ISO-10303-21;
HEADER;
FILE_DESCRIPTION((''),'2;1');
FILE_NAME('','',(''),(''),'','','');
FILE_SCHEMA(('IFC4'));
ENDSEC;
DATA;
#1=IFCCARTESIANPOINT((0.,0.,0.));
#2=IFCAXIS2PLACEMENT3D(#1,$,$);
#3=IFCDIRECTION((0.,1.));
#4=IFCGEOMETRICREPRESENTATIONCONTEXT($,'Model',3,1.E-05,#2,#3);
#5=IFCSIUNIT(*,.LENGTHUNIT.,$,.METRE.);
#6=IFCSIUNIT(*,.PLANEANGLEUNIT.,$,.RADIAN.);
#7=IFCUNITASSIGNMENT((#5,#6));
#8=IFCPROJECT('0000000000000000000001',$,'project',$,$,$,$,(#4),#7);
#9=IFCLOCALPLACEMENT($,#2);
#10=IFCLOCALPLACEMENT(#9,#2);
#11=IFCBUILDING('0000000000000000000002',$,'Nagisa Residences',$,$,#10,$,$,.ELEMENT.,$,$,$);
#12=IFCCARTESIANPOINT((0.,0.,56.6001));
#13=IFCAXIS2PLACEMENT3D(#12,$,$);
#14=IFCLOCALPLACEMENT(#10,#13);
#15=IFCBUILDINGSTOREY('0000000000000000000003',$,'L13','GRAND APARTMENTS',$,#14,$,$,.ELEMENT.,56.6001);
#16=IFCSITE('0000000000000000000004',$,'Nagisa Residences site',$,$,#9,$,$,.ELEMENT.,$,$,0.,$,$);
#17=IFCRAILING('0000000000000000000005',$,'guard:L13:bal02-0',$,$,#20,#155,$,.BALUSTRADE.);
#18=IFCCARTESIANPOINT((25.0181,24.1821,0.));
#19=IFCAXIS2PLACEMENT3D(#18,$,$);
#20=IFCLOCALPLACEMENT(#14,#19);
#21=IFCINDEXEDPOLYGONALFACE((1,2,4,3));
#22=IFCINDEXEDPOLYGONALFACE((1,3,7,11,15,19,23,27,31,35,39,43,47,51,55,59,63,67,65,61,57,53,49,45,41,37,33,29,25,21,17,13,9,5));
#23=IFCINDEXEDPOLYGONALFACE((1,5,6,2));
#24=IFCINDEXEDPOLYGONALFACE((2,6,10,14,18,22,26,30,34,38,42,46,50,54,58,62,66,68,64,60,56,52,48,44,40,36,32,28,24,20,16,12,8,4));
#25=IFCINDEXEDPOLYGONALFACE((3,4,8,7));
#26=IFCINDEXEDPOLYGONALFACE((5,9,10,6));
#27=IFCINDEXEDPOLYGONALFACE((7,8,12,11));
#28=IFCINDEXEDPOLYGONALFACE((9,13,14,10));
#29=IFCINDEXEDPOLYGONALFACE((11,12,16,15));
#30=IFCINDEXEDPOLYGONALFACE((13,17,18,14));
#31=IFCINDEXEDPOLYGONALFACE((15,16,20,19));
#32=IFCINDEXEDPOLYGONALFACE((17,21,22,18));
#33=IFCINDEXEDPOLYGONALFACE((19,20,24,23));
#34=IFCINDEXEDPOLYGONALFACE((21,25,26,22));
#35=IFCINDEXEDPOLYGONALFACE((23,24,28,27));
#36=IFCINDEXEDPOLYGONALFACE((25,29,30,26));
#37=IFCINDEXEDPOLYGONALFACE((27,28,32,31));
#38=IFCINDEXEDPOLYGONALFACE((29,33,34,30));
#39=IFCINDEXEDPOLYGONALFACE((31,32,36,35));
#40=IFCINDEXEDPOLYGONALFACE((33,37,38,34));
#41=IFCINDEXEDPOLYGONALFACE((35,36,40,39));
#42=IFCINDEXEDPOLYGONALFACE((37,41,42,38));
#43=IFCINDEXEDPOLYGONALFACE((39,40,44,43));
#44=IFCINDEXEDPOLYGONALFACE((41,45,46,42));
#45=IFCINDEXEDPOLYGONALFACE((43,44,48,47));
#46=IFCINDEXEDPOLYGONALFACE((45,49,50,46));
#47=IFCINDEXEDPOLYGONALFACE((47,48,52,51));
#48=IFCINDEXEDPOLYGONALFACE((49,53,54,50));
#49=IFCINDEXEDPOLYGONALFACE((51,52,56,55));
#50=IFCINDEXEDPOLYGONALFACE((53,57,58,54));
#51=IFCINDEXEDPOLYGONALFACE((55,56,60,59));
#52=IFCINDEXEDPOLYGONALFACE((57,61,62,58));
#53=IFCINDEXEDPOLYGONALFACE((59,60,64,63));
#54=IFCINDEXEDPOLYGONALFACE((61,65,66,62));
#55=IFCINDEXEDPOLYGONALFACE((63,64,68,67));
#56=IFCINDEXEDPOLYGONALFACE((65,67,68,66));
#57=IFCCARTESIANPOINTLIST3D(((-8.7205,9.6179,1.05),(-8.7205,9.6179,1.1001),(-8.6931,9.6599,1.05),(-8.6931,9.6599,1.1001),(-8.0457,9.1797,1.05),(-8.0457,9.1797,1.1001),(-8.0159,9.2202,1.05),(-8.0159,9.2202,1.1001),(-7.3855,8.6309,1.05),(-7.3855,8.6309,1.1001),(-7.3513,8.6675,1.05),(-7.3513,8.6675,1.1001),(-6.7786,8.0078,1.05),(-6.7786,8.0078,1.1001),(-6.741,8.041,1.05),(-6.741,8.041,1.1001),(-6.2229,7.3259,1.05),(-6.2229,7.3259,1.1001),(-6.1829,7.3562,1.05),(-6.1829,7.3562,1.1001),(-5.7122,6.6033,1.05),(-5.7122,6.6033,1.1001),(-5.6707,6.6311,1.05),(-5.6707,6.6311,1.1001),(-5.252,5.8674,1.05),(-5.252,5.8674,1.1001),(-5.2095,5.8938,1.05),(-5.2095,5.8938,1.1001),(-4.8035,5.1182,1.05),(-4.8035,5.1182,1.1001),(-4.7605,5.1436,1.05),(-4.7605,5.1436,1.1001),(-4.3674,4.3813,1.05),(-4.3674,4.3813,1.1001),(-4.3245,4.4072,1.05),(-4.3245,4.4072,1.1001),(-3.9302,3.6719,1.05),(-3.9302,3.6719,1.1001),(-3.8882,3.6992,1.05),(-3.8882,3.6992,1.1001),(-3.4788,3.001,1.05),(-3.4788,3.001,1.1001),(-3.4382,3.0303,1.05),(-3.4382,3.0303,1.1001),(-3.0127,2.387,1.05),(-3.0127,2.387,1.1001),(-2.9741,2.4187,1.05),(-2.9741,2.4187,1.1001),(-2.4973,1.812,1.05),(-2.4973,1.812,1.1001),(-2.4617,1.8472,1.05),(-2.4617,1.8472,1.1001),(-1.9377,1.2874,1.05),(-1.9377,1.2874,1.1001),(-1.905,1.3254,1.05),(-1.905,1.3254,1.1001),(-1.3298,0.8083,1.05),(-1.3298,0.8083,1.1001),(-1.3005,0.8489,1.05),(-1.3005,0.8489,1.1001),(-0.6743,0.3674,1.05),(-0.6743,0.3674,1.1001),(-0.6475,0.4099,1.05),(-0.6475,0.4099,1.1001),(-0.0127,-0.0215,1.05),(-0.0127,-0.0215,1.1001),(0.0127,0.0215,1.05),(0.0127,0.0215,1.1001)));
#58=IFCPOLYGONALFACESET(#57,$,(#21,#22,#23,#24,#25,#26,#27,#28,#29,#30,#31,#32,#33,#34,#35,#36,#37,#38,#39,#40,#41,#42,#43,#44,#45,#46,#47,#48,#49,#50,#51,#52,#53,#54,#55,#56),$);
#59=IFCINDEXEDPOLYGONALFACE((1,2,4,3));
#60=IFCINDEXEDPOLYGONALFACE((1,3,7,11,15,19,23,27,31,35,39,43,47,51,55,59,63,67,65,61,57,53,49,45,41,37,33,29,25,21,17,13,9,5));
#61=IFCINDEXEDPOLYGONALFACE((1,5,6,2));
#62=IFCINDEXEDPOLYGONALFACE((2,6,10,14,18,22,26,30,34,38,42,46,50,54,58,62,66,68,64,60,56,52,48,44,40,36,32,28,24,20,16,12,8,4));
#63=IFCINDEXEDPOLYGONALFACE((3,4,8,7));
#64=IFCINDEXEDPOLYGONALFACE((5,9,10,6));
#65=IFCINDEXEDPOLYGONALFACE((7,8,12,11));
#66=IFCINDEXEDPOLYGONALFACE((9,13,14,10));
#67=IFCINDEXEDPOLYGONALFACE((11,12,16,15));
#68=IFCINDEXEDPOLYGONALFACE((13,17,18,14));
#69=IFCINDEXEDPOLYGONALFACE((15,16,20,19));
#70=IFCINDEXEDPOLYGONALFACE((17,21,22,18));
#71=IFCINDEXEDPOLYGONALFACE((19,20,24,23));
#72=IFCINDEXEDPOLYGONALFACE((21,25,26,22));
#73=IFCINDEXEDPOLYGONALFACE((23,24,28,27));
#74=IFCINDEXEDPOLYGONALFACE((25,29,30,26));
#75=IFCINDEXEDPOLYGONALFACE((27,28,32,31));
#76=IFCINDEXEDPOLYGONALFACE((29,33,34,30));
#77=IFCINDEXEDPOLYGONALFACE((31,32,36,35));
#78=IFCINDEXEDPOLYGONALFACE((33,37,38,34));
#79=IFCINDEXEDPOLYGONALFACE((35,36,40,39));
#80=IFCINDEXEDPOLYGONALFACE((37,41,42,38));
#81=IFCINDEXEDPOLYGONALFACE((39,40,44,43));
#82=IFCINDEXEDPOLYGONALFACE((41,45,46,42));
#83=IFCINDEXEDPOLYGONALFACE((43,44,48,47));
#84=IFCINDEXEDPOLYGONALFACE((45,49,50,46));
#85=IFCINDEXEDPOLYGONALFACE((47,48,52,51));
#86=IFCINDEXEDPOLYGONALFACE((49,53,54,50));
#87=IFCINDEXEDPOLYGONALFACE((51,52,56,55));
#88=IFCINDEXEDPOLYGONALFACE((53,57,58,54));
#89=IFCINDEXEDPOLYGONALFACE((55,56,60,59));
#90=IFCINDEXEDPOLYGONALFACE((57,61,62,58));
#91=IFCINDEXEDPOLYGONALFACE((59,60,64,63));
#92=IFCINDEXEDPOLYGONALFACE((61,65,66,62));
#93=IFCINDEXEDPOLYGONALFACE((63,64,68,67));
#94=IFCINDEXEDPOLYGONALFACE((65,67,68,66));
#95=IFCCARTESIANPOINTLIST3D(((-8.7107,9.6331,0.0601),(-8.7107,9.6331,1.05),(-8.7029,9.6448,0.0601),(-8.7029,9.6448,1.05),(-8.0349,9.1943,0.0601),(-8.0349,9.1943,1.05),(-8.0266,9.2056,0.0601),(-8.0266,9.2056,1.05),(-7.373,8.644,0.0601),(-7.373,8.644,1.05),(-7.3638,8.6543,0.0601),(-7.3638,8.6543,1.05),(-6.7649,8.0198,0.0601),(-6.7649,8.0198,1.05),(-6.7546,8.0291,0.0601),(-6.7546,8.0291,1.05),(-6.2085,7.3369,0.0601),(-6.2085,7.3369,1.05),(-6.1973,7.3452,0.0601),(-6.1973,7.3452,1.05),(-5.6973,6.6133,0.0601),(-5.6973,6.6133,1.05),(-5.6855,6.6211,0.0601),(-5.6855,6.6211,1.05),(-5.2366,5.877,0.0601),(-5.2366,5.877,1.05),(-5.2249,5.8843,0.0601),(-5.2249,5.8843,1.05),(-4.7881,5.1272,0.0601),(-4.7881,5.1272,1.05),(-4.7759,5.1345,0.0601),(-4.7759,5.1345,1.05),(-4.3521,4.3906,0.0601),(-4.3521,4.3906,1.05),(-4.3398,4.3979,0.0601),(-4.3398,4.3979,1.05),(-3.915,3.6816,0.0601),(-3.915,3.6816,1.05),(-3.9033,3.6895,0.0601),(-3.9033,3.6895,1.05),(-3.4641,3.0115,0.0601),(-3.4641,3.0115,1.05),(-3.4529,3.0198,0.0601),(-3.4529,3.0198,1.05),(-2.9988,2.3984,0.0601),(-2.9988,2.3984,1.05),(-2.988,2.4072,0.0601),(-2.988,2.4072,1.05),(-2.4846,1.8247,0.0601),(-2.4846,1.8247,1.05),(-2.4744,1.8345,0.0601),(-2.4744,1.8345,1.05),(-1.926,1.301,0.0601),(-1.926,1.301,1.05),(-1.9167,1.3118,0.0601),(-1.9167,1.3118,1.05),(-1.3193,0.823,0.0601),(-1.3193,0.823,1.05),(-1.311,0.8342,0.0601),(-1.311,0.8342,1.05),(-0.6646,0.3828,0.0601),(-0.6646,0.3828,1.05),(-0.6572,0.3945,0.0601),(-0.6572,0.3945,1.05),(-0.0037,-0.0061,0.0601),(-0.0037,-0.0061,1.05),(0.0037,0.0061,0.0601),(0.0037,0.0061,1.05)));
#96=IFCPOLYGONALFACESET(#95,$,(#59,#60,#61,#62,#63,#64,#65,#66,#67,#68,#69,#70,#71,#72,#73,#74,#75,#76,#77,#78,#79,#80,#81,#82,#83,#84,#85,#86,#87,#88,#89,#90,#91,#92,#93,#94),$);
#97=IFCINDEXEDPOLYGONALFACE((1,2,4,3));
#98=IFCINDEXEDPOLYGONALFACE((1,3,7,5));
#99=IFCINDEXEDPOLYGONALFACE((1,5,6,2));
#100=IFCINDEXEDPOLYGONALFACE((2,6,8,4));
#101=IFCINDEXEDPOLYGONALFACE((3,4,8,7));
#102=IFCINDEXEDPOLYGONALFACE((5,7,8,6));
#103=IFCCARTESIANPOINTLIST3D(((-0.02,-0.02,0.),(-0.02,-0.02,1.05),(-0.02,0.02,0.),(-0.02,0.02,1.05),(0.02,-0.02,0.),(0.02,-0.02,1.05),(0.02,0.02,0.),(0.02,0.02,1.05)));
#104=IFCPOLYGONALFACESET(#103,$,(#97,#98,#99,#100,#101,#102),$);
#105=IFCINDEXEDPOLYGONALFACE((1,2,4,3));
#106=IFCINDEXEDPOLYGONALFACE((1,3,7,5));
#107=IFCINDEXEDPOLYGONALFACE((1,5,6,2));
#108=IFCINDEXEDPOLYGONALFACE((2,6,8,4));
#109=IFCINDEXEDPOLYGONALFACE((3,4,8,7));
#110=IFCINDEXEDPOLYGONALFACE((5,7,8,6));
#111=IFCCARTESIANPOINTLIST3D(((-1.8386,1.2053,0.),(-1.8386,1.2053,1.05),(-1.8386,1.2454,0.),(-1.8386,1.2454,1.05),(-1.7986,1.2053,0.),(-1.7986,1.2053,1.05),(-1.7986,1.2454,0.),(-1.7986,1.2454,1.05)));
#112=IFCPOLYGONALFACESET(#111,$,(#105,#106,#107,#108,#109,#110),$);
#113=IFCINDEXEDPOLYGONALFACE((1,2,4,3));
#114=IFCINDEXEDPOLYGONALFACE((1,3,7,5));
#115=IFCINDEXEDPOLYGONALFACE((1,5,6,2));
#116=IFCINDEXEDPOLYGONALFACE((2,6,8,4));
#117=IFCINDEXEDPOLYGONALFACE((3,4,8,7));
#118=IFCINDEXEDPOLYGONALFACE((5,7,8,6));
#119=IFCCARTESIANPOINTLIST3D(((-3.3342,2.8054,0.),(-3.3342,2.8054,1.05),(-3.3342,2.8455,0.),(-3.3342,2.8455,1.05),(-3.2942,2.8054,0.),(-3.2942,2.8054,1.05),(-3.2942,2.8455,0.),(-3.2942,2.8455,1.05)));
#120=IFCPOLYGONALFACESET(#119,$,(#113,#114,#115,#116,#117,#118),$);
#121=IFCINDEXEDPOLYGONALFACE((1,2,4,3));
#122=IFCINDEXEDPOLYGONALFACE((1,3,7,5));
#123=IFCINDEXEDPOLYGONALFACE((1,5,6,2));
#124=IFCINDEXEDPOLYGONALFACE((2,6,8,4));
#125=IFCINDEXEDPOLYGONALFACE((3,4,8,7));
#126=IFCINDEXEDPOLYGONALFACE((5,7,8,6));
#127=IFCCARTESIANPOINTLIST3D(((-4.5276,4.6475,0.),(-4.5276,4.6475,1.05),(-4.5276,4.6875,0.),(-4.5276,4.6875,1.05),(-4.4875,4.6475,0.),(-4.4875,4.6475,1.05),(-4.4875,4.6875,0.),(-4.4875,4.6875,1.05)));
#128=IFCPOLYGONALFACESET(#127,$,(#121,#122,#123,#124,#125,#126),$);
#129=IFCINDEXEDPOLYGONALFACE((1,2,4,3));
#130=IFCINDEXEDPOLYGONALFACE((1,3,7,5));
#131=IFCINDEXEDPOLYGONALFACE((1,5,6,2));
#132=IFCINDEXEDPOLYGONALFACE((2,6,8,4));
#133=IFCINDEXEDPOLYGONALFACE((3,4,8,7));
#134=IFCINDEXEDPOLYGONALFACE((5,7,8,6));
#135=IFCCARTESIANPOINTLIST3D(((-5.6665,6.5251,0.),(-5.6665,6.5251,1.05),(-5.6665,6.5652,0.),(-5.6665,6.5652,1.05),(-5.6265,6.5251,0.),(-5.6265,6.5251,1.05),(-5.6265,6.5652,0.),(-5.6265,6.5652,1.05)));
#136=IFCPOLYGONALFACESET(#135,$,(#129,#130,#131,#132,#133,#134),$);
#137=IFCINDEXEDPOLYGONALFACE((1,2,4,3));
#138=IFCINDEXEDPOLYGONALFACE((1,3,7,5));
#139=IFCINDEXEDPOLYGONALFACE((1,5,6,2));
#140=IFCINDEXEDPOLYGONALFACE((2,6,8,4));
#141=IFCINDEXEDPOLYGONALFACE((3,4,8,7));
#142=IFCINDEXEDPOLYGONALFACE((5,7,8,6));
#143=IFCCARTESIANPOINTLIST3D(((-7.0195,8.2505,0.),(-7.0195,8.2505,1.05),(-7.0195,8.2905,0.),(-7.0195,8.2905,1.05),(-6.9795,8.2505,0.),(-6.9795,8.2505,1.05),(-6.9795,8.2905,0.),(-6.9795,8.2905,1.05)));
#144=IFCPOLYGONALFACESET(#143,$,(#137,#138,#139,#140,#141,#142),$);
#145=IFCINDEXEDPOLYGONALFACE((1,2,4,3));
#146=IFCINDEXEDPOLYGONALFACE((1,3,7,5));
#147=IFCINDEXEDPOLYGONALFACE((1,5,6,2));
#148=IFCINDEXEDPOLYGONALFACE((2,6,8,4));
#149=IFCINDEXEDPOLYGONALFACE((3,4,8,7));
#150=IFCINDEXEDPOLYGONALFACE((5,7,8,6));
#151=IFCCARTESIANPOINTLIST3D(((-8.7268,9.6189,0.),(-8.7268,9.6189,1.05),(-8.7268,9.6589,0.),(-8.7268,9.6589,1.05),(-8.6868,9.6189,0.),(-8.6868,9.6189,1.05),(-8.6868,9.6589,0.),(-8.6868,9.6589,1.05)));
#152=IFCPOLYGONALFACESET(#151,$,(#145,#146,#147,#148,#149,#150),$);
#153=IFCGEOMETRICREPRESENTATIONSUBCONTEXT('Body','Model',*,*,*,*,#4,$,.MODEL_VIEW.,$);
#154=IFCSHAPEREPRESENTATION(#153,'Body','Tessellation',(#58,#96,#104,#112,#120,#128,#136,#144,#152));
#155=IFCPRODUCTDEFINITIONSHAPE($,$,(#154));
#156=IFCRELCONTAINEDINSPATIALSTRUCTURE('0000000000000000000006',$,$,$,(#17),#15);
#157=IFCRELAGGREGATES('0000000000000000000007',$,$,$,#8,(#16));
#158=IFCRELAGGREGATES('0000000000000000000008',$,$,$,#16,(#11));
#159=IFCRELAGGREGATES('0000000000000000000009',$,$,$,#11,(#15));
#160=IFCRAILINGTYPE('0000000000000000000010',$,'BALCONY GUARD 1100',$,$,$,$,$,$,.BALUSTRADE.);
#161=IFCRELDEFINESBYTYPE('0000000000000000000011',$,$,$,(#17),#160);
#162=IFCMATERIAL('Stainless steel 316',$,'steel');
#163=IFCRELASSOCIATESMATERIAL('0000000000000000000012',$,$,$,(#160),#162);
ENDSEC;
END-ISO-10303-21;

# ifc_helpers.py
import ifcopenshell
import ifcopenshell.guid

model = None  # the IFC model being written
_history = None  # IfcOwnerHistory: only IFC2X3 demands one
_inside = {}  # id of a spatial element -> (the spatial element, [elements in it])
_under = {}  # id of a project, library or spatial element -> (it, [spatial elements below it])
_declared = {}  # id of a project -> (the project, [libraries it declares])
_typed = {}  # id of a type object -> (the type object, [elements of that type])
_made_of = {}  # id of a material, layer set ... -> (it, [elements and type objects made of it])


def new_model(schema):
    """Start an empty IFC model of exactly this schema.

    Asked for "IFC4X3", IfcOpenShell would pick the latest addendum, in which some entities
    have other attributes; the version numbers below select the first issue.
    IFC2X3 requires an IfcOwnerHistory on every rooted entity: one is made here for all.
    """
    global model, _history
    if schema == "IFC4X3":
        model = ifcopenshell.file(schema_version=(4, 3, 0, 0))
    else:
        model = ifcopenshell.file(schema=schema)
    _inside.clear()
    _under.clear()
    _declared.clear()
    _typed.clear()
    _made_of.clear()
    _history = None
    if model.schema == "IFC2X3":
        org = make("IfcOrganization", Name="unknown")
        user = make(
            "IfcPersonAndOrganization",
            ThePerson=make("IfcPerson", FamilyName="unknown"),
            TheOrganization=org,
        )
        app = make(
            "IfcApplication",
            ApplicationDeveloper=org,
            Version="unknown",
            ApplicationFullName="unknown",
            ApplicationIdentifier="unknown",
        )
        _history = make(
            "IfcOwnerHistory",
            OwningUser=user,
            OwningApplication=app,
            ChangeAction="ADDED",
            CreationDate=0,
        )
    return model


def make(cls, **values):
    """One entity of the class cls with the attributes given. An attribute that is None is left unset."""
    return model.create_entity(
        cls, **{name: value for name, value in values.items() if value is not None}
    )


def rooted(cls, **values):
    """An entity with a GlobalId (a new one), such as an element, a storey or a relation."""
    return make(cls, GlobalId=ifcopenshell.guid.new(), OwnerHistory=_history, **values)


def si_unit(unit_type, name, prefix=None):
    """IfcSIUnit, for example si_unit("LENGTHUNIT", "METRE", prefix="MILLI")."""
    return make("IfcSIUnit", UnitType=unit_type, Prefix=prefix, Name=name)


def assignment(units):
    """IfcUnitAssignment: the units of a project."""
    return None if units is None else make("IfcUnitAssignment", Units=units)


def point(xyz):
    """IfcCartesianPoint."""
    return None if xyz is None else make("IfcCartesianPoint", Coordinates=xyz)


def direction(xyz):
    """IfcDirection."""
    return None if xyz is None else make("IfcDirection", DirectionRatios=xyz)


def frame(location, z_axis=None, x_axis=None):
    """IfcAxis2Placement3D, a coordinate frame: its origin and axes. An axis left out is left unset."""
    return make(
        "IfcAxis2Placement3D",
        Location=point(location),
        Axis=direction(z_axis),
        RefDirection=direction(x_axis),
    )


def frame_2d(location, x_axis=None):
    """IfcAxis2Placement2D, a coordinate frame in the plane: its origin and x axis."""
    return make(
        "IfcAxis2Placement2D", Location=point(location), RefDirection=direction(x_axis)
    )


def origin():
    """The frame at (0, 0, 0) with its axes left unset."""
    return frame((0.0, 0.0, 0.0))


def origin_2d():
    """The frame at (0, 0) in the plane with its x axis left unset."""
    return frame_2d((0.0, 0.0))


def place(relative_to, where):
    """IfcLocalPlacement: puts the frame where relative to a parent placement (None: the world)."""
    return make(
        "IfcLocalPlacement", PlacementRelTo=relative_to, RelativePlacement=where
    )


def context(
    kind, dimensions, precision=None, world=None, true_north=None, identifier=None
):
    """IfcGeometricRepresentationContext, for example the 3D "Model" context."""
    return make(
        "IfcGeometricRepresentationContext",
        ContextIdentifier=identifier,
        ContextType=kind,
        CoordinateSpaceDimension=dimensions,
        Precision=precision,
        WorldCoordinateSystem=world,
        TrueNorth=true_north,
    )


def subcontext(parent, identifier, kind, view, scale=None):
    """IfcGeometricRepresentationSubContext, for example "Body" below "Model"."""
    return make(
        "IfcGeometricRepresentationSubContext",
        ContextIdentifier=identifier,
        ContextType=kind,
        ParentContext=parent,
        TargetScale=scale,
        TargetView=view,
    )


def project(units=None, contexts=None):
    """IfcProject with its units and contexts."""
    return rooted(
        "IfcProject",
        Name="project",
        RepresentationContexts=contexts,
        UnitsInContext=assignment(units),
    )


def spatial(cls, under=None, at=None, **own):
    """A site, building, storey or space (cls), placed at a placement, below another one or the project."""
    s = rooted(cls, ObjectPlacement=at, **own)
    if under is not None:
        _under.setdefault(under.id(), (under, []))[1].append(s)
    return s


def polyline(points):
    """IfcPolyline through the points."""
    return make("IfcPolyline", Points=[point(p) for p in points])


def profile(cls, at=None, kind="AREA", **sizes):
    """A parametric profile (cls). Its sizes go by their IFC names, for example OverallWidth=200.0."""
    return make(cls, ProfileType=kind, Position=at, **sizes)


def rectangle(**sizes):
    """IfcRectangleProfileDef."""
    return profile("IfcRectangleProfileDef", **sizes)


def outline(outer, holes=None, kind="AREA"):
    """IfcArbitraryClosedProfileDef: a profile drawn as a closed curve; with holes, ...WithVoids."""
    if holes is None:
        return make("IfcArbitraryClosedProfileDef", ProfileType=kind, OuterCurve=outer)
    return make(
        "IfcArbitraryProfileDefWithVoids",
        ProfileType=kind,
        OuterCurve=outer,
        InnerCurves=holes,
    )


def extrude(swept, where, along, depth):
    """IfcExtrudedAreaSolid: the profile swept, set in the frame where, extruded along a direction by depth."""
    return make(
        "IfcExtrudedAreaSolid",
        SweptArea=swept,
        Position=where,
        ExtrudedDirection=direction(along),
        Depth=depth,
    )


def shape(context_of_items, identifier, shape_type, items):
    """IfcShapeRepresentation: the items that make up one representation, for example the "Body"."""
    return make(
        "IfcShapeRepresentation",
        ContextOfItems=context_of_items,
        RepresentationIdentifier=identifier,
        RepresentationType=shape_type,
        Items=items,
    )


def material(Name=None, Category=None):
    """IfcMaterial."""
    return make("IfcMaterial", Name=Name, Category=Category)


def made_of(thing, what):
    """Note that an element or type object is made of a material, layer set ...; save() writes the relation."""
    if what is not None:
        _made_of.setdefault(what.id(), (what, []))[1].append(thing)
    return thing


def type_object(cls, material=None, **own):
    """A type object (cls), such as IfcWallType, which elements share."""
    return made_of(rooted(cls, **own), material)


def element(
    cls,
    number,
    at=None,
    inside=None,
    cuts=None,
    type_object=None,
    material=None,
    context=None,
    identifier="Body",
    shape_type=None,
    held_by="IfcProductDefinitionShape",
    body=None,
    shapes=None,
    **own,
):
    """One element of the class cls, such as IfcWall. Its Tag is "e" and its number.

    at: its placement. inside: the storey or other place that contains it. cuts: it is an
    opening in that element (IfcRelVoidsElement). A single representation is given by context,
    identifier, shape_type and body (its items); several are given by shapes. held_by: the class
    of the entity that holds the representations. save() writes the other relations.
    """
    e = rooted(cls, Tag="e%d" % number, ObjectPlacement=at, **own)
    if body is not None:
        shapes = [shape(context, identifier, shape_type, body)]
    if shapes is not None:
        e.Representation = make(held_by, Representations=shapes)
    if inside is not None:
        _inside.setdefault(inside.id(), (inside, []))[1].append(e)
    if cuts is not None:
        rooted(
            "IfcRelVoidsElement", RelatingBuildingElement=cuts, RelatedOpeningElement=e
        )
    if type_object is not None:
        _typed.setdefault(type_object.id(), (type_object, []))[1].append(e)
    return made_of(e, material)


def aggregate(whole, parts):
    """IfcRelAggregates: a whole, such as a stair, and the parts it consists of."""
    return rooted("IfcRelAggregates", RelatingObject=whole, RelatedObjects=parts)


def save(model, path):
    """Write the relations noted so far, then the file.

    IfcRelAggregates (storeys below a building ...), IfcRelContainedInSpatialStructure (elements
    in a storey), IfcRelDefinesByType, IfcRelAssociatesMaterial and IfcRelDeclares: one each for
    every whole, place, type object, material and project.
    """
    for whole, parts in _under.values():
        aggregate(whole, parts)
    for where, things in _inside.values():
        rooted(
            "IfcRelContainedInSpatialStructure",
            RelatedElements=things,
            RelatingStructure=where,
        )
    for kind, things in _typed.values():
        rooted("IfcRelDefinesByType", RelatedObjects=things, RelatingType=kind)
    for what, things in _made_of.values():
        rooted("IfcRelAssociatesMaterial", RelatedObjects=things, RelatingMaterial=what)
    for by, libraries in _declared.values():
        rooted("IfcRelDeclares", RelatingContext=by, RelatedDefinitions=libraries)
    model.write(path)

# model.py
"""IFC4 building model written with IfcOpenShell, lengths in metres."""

from ifc_helpers import new_model, si_unit, direction, frame, origin, origin_2d, place, context, subcontext, project, spatial, polyline, rectangle, outline, extrude, material, type_object, element, save


model = new_model("IFC4")

# Units and contexts
model_context = context("Model", 3, precision=1e-05, world=origin(), true_north=direction((0.0, 1.0)))
body_context = subcontext(model_context, "Body", "Model", "MODEL_VIEW")
ifc_project = project(units=[si_unit("LENGTHUNIT", "METRE"), si_unit("PLANEANGLEUNIT", "RADIAN")], contexts=[model_context])

# Site, building, storey
site_placement = place(None, origin())
site = spatial("IfcSite", under=ifc_project, at=site_placement, Name="Nagisa Residences site", CompositionType="ELEMENT", RefElevation=0.0)
building_placement = place(site_placement, origin())
building = spatial("IfcBuilding", under=site, at=building_placement, Name="Nagisa Residences", CompositionType="ELEMENT")
storey_placement = place(building_placement, frame((0.0, 0.0, 56.6001)))
storey = spatial("IfcBuildingStorey", under=building, at=storey_placement, Name="L13", Description="GRAND APARTMENTS", CompositionType="ELEMENT", Elevation=56.6001)

# Railing
ifc_material_1 = material(Name="Stainless steel 316", Category="steel")
railing_type = type_object("IfcRailingType", Name="BALCONY GUARD 1100", PredefinedType="BALUSTRADE", material=ifc_material_1)
railing_1_placement = place(storey_placement, frame((25.0181, 24.1821, 0.0)))
element("IfcRailing", 1, at=railing_1_placement, inside=storey, type_object=railing_type, Name="guard:L13:bal02-0", PredefinedType="BALUSTRADE", context=body_context, shape_type="SweptSolid", body=[
    extrude(outline(polyline([(-0.6743, 0.3674), (-0.0127, -0.0215), (0.0127, 0.0215), (-0.6475, 0.4099), (-1.3005, 0.8489), (-1.905, 1.3254), (-2.4617, 1.8472), (-2.9741, 2.4187), (-3.4382, 3.0303), (-3.8882, 3.6992), (-4.3245, 4.4072), (-4.7605, 5.1436), (-5.2095, 5.8938), (-5.6707, 6.6311), (-6.1829, 7.3562), (-6.741, 8.041), (-7.3513, 8.6675), (-8.0159, 9.2202), (-8.6931, 9.6599), (-8.7205, 9.6179), (-8.0457, 9.1797), (-7.3855, 8.6309), (-6.7786, 8.0078), (-6.2229, 7.3259), (-5.7122, 6.6033), (-5.252, 5.8674), (-4.8035, 5.1182), (-4.3674, 4.3813), (-3.9302, 3.6719), (-3.4788, 3.001), (-3.0127, 2.387), (-2.4973, 1.812), (-1.9377, 1.2874), (-1.3298, 0.8083), (-0.6743, 0.3674)])), frame((0.0, 0.0, 1.05)), (0.0, 0.0, 1.0), 0.05),
    extrude(outline(polyline([(-0.6646, 0.3828), (-0.0037, -0.0061), (0.0037, 0.0061), (-0.6572, 0.3945), (-1.311, 0.8342), (-1.9167, 1.3118), (-2.4744, 1.8345), (-2.988, 2.4072), (-3.4529, 3.0198), (-3.9033, 3.6895), (-4.3398, 4.3979), (-4.7759, 5.1345), (-5.2249, 5.8843), (-5.6855, 6.6211), (-6.1973, 7.3452), (-6.7546, 8.0291), (-7.3638, 8.6543), (-8.0266, 9.2056), (-8.7029, 9.6448), (-8.7107, 9.6331), (-8.0349, 9.1943), (-7.373, 8.644), (-6.7649, 8.0198), (-6.2085, 7.3369), (-5.6973, 6.6133), (-5.2366, 5.877), (-4.7881, 5.1272), (-4.3521, 4.3906), (-3.915, 3.6816), (-3.4641, 3.0115), (-2.9988, 2.3984), (-2.4846, 1.8247), (-1.926, 1.301), (-1.3193, 0.823), (-0.6646, 0.3828)])), frame((0.0, 0.0, 0.0601)), (0.0, 0.0, 1.0), 0.99),
    extrude(rectangle(XDim=0.04, YDim=0.04, at=origin_2d()), origin(), (0.0, 0.0, 1.0), 1.05),
    extrude(rectangle(XDim=0.04, YDim=0.04, at=origin_2d()), frame((-1.8186, 1.2253, 0.0)), (0.0, 0.0, 1.0), 1.05),
    extrude(rectangle(XDim=0.04, YDim=0.04, at=origin_2d()), frame((-3.3142, 2.8254, 0.0)), (0.0, 0.0, 1.0), 1.05),
    extrude(rectangle(XDim=0.04, YDim=0.04, at=origin_2d()), frame((-4.5076, 4.6675, 0.0)), (0.0, 0.0, 1.0), 1.05),
    extrude(rectangle(XDim=0.04, YDim=0.04, at=origin_2d()), frame((-5.6465, 6.5452, 0.0)), (0.0, 0.0, 1.0), 1.05),
    extrude(rectangle(XDim=0.04, YDim=0.04, at=origin_2d()), frame((-6.9995, 8.2705, 0.0)), (0.0, 0.0, 1.0), 1.05),
    extrude(rectangle(XDim=0.04, YDim=0.04, at=origin_2d()), frame((-8.7068, 9.6389, 0.0)), (0.0, 0.0, 1.0), 1.05),
])

save(model, "model.ifc")
